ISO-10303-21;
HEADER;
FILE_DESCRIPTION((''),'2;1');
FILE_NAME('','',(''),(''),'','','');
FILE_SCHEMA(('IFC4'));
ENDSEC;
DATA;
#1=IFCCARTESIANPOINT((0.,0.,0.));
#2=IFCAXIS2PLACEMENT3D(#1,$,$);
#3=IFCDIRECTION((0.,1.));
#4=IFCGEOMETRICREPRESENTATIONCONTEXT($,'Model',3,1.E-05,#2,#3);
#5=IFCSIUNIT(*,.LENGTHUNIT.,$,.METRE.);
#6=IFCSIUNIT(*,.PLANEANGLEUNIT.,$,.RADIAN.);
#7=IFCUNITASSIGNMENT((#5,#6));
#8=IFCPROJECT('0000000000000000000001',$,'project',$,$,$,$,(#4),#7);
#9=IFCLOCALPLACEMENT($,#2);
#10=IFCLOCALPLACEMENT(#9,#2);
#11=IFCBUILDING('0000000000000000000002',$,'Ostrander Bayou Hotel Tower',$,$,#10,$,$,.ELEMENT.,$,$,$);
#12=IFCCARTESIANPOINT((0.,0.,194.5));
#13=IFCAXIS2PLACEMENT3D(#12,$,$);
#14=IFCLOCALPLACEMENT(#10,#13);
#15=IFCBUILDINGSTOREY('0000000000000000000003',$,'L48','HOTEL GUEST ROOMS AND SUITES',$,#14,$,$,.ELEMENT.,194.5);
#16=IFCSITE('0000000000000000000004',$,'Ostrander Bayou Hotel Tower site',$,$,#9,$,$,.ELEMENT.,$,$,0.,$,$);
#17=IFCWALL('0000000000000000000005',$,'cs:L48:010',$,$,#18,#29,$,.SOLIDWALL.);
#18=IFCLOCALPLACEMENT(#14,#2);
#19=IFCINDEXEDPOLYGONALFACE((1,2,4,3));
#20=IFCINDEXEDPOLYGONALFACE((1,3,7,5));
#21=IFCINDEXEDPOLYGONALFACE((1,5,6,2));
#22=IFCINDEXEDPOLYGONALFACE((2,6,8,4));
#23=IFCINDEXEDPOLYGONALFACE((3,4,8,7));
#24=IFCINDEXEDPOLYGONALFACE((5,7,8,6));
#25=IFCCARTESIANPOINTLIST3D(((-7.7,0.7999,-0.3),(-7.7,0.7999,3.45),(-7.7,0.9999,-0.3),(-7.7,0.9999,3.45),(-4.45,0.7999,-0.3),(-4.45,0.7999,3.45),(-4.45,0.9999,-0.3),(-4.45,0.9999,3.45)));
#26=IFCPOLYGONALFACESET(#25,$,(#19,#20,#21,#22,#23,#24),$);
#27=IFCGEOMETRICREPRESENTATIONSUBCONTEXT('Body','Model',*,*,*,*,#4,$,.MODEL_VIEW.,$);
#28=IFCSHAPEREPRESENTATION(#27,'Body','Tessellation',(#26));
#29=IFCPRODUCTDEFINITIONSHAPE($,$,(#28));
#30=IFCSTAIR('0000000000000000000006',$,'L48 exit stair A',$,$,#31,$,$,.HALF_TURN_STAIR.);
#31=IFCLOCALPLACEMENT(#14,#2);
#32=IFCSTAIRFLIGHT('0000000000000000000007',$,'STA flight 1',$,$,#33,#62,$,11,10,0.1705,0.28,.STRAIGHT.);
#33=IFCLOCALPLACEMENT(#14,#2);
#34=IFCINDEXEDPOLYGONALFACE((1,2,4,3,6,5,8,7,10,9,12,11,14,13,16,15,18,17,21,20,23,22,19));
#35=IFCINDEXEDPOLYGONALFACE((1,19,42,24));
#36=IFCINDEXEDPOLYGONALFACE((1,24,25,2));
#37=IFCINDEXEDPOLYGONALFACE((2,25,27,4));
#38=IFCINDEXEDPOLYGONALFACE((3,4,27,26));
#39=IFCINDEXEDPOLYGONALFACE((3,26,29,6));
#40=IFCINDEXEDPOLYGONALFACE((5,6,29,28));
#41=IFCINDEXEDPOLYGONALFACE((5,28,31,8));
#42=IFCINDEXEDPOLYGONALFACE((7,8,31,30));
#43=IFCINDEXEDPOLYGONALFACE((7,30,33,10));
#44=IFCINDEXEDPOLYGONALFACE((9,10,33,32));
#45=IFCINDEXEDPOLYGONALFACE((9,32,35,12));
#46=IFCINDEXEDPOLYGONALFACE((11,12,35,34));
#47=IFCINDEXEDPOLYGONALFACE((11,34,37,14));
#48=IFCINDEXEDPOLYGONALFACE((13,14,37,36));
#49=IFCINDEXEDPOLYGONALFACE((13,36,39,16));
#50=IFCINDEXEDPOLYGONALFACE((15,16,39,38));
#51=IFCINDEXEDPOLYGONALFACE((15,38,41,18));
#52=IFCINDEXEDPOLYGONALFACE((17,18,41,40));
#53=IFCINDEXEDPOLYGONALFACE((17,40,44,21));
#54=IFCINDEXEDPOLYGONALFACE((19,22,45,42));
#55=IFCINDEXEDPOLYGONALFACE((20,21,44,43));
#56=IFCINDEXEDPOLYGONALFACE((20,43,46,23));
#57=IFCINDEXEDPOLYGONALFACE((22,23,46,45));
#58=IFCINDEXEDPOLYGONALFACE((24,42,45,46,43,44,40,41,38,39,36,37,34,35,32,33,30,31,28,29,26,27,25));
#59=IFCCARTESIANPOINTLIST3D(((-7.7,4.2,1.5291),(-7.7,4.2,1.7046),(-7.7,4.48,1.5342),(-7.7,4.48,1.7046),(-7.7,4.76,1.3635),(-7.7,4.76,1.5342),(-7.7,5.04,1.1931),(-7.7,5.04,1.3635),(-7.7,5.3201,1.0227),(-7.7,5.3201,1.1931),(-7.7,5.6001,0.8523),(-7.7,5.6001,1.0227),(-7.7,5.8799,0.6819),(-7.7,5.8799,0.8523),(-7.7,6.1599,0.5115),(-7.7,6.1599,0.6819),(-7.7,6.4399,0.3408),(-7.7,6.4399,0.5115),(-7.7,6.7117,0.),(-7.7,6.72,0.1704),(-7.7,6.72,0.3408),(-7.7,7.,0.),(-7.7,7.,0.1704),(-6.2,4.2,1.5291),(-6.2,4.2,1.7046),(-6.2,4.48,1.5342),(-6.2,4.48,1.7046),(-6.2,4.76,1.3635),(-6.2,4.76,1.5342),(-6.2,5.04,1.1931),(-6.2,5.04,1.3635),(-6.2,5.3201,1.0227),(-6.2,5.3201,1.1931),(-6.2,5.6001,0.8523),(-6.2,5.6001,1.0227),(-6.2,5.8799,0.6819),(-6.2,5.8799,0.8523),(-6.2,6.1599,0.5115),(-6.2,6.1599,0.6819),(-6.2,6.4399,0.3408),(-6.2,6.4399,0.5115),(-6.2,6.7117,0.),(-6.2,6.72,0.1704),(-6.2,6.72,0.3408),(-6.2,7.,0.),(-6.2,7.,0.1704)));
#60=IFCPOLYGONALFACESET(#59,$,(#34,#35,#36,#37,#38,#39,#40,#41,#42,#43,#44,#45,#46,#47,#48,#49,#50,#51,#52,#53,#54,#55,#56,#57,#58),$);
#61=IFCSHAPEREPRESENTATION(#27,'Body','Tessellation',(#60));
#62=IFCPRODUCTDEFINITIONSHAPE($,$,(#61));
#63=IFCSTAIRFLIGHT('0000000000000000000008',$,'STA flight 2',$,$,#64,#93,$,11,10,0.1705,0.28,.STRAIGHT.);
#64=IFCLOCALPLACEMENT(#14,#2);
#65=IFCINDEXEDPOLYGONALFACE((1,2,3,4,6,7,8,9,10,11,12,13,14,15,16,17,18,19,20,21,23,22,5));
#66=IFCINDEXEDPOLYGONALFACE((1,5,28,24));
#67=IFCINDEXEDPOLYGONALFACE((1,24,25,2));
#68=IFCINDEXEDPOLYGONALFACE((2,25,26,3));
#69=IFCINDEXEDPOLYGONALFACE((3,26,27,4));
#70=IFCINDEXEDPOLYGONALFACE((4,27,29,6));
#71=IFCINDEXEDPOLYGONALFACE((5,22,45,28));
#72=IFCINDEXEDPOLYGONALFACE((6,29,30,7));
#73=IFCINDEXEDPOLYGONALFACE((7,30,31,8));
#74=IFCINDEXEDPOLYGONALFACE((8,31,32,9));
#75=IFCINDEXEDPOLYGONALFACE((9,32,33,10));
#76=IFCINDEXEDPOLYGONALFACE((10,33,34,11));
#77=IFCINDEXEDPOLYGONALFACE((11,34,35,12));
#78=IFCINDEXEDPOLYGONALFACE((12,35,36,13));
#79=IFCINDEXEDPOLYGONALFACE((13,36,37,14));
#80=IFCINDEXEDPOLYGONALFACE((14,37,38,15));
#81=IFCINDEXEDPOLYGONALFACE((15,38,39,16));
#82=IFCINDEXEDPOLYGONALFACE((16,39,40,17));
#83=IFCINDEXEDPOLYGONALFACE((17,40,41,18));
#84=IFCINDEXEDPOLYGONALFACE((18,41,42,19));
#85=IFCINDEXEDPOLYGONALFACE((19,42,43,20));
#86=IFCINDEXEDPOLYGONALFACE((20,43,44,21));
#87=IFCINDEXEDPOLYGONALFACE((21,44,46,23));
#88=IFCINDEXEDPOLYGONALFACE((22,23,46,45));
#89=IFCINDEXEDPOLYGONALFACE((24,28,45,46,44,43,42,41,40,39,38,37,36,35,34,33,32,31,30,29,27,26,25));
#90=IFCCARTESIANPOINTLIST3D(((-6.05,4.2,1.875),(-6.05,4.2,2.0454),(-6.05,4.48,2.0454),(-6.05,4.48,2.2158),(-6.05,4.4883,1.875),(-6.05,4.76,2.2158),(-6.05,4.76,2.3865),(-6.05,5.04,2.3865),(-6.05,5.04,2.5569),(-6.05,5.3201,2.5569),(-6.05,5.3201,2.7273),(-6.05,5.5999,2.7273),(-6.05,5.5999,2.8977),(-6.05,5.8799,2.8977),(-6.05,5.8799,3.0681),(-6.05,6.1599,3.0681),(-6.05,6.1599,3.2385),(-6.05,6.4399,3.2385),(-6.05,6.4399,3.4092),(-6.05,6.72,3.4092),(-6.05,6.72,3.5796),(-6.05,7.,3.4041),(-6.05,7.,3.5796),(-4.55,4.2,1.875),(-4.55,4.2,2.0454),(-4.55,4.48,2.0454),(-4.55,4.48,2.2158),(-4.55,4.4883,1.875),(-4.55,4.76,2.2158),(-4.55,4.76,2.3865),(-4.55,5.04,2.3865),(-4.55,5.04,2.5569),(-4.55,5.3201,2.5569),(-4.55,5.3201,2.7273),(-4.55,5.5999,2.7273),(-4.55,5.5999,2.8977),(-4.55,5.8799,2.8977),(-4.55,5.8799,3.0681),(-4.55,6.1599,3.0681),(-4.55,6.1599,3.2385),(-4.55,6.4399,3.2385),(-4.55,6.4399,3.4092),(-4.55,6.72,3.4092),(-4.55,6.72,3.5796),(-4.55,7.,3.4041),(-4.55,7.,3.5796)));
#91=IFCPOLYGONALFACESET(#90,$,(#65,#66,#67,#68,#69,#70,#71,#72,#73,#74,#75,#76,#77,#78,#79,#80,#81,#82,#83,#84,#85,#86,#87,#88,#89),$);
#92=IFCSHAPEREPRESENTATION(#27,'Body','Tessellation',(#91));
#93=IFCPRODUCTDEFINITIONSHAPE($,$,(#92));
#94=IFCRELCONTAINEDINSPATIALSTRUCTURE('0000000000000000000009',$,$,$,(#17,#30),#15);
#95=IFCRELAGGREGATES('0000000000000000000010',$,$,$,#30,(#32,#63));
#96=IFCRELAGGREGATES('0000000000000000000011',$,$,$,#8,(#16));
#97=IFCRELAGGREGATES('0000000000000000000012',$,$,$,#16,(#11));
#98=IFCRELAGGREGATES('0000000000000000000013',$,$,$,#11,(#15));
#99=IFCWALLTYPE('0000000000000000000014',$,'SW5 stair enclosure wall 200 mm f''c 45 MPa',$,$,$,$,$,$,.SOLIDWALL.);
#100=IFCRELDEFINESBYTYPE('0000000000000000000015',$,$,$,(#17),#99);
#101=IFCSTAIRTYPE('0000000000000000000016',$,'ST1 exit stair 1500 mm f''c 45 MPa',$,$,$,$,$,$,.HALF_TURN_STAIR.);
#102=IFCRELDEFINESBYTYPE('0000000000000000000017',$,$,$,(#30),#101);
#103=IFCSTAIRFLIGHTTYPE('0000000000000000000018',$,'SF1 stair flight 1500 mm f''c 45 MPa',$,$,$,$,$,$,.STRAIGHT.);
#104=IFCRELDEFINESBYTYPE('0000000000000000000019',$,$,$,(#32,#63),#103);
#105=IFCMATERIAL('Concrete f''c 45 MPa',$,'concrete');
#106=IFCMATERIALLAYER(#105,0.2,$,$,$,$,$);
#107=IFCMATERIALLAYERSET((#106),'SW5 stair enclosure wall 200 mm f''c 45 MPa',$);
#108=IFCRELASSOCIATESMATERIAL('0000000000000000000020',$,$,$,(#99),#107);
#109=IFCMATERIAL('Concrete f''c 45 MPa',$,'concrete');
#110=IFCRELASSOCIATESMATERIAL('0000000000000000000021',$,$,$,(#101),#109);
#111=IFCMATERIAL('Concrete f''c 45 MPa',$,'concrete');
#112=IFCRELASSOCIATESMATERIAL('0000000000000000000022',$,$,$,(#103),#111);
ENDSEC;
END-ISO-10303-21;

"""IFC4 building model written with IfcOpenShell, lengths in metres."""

from ifc_helpers import new_model, si_unit, direction, frame, frame_2d, origin, place, context, subcontext, project, spatial, polyline, rectangle, outline, extrude, material, layer, layer_set, type_object, element, aggregate, save


model = new_model("IFC4")

# Units and contexts
model_context = context("Model", 3, precision=1e-05, world=origin(), true_north=direction((0.0, 1.0)))
body_context = subcontext(model_context, "Body", "Model", "MODEL_VIEW")
ifc_project = project(units=[si_unit("LENGTHUNIT", "METRE"), si_unit("PLANEANGLEUNIT", "RADIAN")], contexts=[model_context])

# Site, building, storey
site_placement = place(None, origin())
site = spatial("IfcSite", under=ifc_project, at=site_placement, Name="Ostrander Bayou Hotel Tower site", CompositionType="ELEMENT", RefElevation=0.0)
building_placement = place(site_placement, origin())
building = spatial("IfcBuilding", under=site, at=building_placement, Name="Ostrander Bayou Hotel Tower", CompositionType="ELEMENT")
storey_placement = place(building_placement, frame((0.0, 0.0, 194.5)))
storey = spatial("IfcBuildingStorey", under=building, at=storey_placement, Name="L48", Description="HOTEL GUEST ROOMS AND SUITES", CompositionType="ELEMENT", Elevation=194.5)

# Wall
ifc_material_1 = material(Name="Concrete f'c 45 MPa", Category="concrete")
ifc_layer_1 = layer(ifc_material_1, 0.2)
ifc_layer_set_1 = layer_set([ifc_layer_1], Name="SW5 stair enclosure wall 200 mm f'c 45 MPa")
wall_type_1 = type_object("IfcWallType", Name="SW5 stair enclosure wall 200 mm f'c 45 MPa", PredefinedType="SOLIDWALL", material=ifc_layer_set_1)
wall_1_placement = place(storey_placement, frame((-7.7, 0.8999, -0.3), z_axis=(0.0, 0.0, 1.0), x_axis=(1.0, 0.0, 0.0)))
element("IfcWall", 1, at=wall_1_placement, inside=storey, type_object=wall_type_1, Name="cs:L48:010", PredefinedType="SOLIDWALL", context=body_context, shape_type="SweptSolid", body=[
    extrude(rectangle(XDim=3.25, YDim=0.2, at=frame_2d((1.625, 0.0))), origin(), (0.0, 0.0, 1.0), 3.75),
])

# Stair, stair flights
ifc_material_2 = material(Name="Concrete f'c 45 MPa", Category="concrete")
stair_type = type_object("IfcStairType", Name="ST1 exit stair 1500 mm f'c 45 MPa", PredefinedType="HALF_TURN_STAIR", material=ifc_material_2)
stair_placement = place(storey_placement, origin())
stair = element("IfcStair", 2, at=stair_placement, inside=storey, type_object=stair_type, Name="L48 exit stair A", PredefinedType="HALF_TURN_STAIR")
ifc_material_3 = material(Name="Concrete f'c 45 MPa", Category="concrete")
stair_flight_type = type_object("IfcStairFlightType", Name="SF1 stair flight 1500 mm f'c 45 MPa", PredefinedType="STRAIGHT", material=ifc_material_3)
stair_flight_1_placement = place(storey_placement, frame((-6.95, 7.0, 0.0), z_axis=(0.0, 0.0, 1.0), x_axis=(0.0, -1.0, 0.0)))
stair_flight_1 = element("IfcStairFlight", 3, at=stair_flight_1_placement, type_object=stair_flight_type, Name="STA flight 1", NumberOfRisers=11, NumberOfTreads=10, PredefinedType="STRAIGHT", RiserHeight=0.1705, TreadLength=0.28, context=body_context, shape_type="SweptSolid", body=[
    extrude(outline(polyline([(0.0, 0.0), (0.0, 0.1704), (0.28, 0.1704), (0.28, 0.3408), (0.5601, 0.3408), (0.5601, 0.5115), (0.8401, 0.5115), (0.8401, 0.6819), (1.1201, 0.6819), (1.1201, 0.8523), (1.3999, 0.8523), (1.3999, 1.0227), (1.6799, 1.0227), (1.6799, 1.1931), (1.96, 1.1931), (1.96, 1.3635), (2.24, 1.3635), (2.24, 1.5342), (2.52, 1.5342), (2.52, 1.7046), (2.8, 1.7046), (2.8, 1.875), (2.8, 1.5291), (0.2883, 0.0), (0.0, 0.0)])), frame((0.0, 0.75, 0.0), z_axis=(0.0, -1.0, 0.0), x_axis=(1.0, 0.0, 0.0)), (0.0, 0.0, 1.0), 1.5),
])
stair_flight_2_placement = place(storey_placement, frame((-5.3, 4.2, 1.875), z_axis=(0.0, 0.0, 1.0), x_axis=(0.0, 1.0, 0.0)))
stair_flight_2 = element("IfcStairFlight", 4, at=stair_flight_2_placement, type_object=stair_flight_type, Name="STA flight 2", NumberOfRisers=11, NumberOfTreads=10, PredefinedType="STRAIGHT", RiserHeight=0.1705, TreadLength=0.28, context=body_context, shape_type="SweptSolid", body=[
    extrude(outline(polyline([(0.0, 0.0), (0.0, 0.1704), (0.28, 0.1704), (0.28, 0.3408), (0.5601, 0.3408), (0.5601, 0.5115), (0.8401, 0.5115), (0.8401, 0.6819), (1.1201, 0.6819), (1.1201, 0.8523), (1.3999, 0.8523), (1.3999, 1.0227), (1.6799, 1.0227), (1.6799, 1.1931), (1.96, 1.1931), (1.96, 1.3635), (2.24, 1.3635), (2.24, 1.5342), (2.52, 1.5342), (2.52, 1.7046), (2.8, 1.7046), (2.8, 1.875), (2.8, 1.5291), (0.2883, 0.0), (0.0, 0.0)])), frame((0.0, 0.75, 0.0), z_axis=(0.0, -1.0, 0.0), x_axis=(1.0, 0.0, 0.0)), (0.0, 0.0, 1.0), 1.5),
])
aggregate(stair, [stair_flight_1, stair_flight_2])

save(model, "model.ifc")
